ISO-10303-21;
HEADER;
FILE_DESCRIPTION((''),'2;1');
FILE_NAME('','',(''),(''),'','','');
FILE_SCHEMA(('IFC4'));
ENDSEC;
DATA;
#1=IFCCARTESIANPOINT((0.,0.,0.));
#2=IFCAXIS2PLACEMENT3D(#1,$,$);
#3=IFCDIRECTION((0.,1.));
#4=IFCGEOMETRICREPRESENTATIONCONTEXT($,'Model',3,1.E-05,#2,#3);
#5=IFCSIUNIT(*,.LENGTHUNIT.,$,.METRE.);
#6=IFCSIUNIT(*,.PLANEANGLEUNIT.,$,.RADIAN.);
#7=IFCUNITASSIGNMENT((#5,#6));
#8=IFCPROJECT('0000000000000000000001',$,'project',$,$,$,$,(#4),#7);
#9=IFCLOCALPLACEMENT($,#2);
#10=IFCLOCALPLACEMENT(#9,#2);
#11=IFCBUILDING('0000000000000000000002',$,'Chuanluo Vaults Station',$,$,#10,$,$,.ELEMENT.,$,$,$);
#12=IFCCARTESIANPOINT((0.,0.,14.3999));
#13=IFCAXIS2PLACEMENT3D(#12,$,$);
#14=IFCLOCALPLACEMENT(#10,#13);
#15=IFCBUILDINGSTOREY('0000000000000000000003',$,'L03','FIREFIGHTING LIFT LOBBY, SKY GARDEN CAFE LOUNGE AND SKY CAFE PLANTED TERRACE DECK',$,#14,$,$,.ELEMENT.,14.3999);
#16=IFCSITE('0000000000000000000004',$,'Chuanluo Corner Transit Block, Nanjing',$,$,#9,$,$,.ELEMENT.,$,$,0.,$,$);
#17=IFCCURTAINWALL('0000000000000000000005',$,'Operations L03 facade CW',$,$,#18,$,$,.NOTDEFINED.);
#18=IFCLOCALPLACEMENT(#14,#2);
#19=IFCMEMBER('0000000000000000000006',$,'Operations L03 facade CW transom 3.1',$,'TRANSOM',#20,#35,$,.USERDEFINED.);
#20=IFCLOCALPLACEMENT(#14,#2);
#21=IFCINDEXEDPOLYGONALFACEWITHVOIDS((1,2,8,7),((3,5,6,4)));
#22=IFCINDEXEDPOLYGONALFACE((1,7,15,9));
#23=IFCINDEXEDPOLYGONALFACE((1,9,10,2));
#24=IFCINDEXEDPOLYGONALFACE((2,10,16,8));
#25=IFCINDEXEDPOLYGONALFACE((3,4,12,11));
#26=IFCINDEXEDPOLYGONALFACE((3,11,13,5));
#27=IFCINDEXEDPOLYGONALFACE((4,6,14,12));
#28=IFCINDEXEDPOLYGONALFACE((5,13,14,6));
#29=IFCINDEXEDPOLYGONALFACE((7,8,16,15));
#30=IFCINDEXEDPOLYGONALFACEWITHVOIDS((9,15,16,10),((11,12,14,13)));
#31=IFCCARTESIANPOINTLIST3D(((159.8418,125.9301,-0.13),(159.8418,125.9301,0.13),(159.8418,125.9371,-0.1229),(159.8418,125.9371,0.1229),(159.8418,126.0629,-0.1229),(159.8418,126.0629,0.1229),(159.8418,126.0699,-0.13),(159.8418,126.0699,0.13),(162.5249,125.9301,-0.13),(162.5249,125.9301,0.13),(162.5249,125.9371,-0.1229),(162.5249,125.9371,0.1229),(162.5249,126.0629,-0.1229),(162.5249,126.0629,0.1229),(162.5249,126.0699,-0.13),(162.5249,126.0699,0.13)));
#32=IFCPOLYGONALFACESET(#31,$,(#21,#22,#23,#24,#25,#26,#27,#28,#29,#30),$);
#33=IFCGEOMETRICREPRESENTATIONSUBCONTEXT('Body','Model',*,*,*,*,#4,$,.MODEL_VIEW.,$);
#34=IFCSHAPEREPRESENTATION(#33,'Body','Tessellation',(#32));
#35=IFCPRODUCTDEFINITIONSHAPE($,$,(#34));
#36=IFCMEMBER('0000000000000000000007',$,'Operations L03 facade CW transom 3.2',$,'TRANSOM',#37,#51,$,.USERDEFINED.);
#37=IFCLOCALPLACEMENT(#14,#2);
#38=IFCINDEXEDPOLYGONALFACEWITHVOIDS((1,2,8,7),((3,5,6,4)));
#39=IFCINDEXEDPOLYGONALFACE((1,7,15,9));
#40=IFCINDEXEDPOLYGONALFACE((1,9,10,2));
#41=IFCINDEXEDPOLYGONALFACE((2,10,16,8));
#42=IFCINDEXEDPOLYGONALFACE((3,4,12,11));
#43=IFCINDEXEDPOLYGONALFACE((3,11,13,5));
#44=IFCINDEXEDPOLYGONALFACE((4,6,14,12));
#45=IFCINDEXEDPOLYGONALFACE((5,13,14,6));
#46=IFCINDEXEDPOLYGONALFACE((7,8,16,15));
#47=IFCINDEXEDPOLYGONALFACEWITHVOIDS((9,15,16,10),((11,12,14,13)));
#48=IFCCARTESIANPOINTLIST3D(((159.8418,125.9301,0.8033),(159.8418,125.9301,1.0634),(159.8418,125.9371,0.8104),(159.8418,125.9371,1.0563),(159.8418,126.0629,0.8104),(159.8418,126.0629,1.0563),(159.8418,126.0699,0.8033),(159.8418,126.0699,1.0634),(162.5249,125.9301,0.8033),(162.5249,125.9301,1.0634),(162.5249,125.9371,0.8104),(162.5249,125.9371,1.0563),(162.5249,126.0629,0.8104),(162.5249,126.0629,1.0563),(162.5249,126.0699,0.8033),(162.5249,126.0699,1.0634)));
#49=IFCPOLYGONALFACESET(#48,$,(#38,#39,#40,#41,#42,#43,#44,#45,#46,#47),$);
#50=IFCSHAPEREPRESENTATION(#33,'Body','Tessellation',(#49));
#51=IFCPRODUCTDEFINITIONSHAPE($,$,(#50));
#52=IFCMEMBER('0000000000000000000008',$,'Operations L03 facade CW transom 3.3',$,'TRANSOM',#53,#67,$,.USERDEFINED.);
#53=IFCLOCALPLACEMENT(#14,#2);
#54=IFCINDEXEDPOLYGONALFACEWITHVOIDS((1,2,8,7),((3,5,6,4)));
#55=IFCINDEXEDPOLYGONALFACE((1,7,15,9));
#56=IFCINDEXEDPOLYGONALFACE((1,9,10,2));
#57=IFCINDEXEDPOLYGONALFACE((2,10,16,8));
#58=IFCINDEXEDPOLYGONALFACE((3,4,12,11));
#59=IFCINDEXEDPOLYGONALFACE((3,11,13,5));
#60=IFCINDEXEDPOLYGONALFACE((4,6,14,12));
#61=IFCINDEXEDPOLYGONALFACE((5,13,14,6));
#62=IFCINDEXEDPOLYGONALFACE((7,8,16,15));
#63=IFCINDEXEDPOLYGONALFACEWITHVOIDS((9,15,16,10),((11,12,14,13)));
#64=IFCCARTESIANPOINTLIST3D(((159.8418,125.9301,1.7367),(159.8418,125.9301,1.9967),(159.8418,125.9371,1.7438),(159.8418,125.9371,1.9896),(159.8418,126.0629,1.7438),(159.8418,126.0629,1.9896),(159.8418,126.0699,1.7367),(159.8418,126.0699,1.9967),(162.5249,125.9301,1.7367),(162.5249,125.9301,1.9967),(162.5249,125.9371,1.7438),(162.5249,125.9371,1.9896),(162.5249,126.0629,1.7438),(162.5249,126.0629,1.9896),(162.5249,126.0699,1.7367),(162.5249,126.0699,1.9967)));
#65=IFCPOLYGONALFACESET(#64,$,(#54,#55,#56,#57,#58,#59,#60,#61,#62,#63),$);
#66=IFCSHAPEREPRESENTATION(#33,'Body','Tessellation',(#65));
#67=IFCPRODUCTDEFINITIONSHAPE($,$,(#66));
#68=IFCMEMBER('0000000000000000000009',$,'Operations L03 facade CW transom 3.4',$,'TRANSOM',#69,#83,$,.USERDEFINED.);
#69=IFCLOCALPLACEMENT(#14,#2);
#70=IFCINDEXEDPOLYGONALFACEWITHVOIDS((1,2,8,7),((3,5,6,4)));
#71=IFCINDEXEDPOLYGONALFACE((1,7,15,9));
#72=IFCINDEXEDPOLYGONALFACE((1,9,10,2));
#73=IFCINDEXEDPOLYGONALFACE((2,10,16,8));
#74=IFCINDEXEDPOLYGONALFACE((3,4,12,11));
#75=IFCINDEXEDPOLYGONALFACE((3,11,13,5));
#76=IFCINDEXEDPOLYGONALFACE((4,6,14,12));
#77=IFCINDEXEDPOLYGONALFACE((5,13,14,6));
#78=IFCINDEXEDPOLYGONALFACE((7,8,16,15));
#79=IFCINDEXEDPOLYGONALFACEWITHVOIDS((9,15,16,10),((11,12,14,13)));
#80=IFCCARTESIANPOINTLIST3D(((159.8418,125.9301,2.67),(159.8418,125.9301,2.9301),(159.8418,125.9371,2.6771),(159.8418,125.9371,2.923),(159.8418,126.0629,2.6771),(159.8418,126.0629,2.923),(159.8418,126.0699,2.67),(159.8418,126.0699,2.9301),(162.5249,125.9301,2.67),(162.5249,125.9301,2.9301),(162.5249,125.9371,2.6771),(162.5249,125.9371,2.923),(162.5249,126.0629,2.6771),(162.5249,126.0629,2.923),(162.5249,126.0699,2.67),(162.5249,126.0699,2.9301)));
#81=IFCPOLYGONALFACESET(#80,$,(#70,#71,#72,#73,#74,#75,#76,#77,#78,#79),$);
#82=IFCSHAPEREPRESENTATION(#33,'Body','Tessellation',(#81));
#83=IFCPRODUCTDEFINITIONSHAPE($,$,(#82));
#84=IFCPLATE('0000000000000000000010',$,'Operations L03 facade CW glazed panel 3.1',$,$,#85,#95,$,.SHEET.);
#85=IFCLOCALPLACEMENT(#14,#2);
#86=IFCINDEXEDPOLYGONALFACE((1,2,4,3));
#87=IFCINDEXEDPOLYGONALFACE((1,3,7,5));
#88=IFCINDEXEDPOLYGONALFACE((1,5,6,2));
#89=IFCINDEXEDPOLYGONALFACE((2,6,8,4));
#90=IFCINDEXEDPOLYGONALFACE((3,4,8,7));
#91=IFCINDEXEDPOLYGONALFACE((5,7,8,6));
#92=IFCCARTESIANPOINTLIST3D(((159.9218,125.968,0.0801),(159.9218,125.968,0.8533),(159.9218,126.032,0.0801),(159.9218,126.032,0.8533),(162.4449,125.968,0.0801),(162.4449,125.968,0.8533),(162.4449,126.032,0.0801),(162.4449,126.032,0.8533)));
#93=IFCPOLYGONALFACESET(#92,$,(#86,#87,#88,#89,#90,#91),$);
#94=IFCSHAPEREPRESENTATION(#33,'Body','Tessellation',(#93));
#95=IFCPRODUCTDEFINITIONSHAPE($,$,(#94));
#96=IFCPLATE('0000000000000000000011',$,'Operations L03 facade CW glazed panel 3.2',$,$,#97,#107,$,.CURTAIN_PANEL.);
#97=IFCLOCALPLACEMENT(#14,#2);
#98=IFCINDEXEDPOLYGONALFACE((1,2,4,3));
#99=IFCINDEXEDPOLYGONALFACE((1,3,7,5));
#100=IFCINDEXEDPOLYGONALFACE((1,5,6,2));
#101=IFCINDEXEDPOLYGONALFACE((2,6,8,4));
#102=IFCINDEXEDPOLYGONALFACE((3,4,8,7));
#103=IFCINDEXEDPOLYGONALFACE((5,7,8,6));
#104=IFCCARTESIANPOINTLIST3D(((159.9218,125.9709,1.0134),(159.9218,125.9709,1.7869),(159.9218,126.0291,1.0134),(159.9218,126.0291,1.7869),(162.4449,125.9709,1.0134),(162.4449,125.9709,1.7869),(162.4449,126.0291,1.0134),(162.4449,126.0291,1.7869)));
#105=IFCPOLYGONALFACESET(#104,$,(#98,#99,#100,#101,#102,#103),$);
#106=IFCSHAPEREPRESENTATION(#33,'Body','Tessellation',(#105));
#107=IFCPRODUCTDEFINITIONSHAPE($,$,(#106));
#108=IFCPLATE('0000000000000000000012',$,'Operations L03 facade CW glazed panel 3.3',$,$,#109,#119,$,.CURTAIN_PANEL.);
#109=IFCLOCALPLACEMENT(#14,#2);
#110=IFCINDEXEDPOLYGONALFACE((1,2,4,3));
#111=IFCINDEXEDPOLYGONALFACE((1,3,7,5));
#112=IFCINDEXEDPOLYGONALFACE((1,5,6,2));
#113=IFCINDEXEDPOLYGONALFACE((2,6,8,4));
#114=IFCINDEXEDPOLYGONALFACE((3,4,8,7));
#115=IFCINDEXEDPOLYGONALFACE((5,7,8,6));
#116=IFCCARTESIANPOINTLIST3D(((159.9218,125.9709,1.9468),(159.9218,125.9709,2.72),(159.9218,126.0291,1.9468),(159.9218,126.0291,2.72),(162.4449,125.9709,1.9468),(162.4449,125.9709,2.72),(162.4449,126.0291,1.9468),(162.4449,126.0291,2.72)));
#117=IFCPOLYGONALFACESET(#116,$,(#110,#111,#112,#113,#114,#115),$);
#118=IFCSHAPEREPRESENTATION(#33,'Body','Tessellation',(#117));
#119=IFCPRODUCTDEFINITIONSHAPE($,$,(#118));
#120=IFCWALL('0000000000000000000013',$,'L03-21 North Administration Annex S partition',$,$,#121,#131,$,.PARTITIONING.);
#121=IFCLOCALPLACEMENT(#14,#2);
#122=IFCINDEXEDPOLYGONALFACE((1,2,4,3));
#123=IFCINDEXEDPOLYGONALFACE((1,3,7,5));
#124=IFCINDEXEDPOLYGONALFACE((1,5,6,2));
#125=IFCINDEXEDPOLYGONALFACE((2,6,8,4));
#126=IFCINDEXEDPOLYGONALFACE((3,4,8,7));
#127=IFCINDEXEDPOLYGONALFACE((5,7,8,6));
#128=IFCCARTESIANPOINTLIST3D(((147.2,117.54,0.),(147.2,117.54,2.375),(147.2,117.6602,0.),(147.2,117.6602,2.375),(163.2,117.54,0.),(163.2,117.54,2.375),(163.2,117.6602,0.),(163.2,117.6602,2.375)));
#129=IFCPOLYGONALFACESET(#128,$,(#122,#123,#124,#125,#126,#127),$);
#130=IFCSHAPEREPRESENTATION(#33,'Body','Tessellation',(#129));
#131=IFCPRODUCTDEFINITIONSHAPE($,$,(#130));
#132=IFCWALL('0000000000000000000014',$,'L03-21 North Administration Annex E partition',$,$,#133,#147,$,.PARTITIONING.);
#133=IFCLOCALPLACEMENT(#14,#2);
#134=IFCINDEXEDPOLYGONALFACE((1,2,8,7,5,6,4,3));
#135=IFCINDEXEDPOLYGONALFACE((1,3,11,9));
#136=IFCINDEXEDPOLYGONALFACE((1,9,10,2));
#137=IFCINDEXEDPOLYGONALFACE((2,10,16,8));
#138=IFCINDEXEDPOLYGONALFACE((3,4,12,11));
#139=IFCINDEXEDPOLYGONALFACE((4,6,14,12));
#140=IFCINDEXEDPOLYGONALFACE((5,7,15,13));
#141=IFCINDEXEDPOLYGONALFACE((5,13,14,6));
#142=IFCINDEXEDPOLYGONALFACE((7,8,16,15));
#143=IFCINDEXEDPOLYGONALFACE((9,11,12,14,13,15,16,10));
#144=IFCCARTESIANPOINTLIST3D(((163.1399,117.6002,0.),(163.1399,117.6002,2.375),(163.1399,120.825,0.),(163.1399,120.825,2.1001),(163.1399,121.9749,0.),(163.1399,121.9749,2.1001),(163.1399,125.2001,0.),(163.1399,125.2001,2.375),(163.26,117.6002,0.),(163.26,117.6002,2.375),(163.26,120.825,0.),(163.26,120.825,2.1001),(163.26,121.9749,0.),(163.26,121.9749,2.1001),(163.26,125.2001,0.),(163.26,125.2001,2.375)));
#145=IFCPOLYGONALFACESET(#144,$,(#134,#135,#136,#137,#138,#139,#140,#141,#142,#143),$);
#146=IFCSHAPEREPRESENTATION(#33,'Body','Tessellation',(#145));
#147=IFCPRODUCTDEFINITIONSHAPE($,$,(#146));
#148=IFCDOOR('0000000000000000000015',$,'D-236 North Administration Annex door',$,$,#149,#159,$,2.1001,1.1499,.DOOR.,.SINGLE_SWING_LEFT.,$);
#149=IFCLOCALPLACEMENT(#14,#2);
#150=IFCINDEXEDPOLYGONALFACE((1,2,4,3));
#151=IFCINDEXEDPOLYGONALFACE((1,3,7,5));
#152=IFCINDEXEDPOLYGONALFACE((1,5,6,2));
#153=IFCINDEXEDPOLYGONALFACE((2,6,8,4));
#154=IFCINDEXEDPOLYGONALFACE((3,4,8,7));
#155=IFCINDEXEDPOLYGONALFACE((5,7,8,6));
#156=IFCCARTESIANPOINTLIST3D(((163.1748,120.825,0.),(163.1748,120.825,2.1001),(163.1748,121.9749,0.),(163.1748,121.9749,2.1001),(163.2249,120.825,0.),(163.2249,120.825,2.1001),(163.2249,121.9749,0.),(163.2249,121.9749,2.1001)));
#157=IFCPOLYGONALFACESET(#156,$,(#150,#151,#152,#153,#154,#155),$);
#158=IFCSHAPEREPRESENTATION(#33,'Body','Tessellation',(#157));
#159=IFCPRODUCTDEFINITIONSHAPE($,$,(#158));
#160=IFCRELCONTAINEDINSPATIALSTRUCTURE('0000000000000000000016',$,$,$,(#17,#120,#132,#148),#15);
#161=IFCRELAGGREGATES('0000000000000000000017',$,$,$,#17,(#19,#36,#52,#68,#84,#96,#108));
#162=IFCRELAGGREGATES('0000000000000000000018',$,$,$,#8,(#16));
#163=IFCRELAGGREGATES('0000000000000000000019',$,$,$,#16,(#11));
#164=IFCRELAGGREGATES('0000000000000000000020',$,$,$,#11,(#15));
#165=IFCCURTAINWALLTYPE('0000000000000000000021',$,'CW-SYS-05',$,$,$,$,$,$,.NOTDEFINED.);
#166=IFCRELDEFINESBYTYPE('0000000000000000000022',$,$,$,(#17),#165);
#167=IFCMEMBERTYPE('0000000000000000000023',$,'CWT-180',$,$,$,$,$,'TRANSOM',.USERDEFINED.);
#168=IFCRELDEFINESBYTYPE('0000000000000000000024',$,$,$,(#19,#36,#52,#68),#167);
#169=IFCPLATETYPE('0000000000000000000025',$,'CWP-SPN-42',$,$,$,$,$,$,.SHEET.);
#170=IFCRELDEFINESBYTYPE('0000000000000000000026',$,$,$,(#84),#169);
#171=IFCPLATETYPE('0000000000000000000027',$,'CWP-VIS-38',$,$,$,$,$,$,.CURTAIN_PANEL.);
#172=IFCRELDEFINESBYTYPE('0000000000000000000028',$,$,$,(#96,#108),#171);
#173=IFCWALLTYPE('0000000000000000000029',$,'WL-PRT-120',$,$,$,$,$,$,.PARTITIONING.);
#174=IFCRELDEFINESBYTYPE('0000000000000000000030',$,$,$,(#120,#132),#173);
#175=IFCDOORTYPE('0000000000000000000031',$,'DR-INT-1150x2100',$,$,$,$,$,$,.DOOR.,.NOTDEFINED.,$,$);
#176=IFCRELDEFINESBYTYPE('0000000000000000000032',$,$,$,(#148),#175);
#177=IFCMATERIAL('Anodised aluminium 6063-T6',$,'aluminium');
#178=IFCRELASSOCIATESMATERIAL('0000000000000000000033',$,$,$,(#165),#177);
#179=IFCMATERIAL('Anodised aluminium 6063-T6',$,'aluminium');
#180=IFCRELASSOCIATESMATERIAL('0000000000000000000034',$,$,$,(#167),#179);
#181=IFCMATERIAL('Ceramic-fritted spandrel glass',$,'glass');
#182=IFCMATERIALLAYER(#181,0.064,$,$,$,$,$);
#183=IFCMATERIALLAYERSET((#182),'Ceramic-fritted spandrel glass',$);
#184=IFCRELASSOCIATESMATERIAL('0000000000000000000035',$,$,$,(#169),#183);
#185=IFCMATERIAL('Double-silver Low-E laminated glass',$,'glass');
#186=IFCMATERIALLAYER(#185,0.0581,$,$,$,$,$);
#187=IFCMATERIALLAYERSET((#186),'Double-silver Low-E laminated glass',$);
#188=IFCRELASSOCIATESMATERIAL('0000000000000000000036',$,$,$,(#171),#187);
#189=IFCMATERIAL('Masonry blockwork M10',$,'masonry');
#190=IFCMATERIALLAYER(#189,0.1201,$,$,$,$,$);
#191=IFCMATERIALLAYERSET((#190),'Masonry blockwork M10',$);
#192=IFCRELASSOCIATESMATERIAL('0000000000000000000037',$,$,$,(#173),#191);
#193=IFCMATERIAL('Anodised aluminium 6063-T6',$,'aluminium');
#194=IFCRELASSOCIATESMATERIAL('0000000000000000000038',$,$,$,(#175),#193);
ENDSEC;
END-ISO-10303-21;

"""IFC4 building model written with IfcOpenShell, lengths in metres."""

from ifc_helpers import new_model, si_unit, direction, frame, frame_2d, origin, origin_2d, place, context, subcontext, project, spatial, rectangle, hollow_rectangle, extrude, material, layer, layer_set, material_profile, profile_set, type_object, element, fill, aggregate, save


model = new_model("IFC4")

# Units and contexts
model_context = context("Model", 3, precision=1e-05, world=origin(), true_north=direction((0.0, 1.0)))
body_context = subcontext(model_context, "Body", "Model", "MODEL_VIEW")
ifc_project = project(units=[si_unit("LENGTHUNIT", "METRE"), si_unit("PLANEANGLEUNIT", "RADIAN")], contexts=[model_context])

# Site, building, storey
site_placement = place(None, origin())
site = spatial("IfcSite", under=ifc_project, at=site_placement, Name="Chuanluo Corner Transit Block, Nanjing", CompositionType="ELEMENT", RefElevation=0.0)
building_placement = place(site_placement, origin())
building = spatial("IfcBuilding", under=site, at=building_placement, Name="Chuanluo Vaults Station", CompositionType="ELEMENT")
storey_placement = place(building_placement, frame((0.0, 0.0, 14.3999)))
storey = spatial("IfcBuildingStorey", under=building, at=storey_placement, Name="L03", Description="FIREFIGHTING LIFT LOBBY, SKY GARDEN CAFE LOUNGE AND SKY CAFE PLANTED TERRACE DECK", CompositionType="ELEMENT", Elevation=14.3999)

# Curtain wall
ifc_material_1 = material(Name="Anodised aluminium 6063-T6", Category="aluminium")
curtain_wall_type_1 = type_object("IfcCurtainWallType", Name="CW-SYS-05", PredefinedType="NOTDEFINED", material=ifc_material_1)
curtain_wall_1_placement = place(storey_placement, origin())
curtain_wall_1 = element("IfcCurtainWall", 1, at=curtain_wall_1_placement, inside=storey, type_object=curtain_wall_type_1, Name="Operations L03 facade CW", PredefinedType="NOTDEFINED")

# Members
ifc_material_2 = material(Name="Anodised aluminium 6063-T6", Category="aluminium")
ifc_material_profile_1 = material_profile(ifc_material_2, hollow_rectangle(XDim=0.1399, YDim=0.26, WallThickness=0.0071, at=origin_2d()))
ifc_profile_set_1 = profile_set([ifc_material_profile_1], Name="Anodised aluminium 6063-T6")
member_type_1 = type_object("IfcMemberType", Name="CWT-180", ElementType="TRANSOM", PredefinedType="USERDEFINED", material=ifc_profile_set_1)
member_1_placement = place(storey_placement, frame((159.8418, 126.0, 0.0), z_axis=(1.0, 0.0, 0.0), x_axis=(0.0, 1.0, 0.0)))
member_1 = element("IfcMember", 2, at=member_1_placement, type_object=member_type_1, Name="Operations L03 facade CW transom 3.1", ObjectType="TRANSOM", PredefinedType="USERDEFINED", context=body_context, shape_type="SweptSolid", body=[
    extrude(hollow_rectangle(XDim=0.1399, YDim=0.26, WallThickness=0.0071, at=origin_2d()), origin(), (0.0, 0.0, 1.0), 2.6831),
])
member_2_placement = place(storey_placement, frame((159.8418, 126.0, 0.9333), z_axis=(1.0, 0.0, 0.0), x_axis=(0.0, 1.0, 0.0)))
member_2 = element("IfcMember", 3, at=member_2_placement, type_object=member_type_1, Name="Operations L03 facade CW transom 3.2", ObjectType="TRANSOM", PredefinedType="USERDEFINED", context=body_context, shape_type="SweptSolid", body=[
    extrude(hollow_rectangle(XDim=0.1399, YDim=0.26, WallThickness=0.0071, at=origin_2d()), origin(), (0.0, 0.0, 1.0), 2.6831),
])
member_3_placement = place(storey_placement, frame((159.8418, 126.0, 1.8667), z_axis=(1.0, 0.0, 0.0), x_axis=(0.0, 1.0, 0.0)))
member_3 = element("IfcMember", 4, at=member_3_placement, type_object=member_type_1, Name="Operations L03 facade CW transom 3.3", ObjectType="TRANSOM", PredefinedType="USERDEFINED", context=body_context, shape_type="SweptSolid", body=[
    extrude(hollow_rectangle(XDim=0.1399, YDim=0.26, WallThickness=0.0071, at=origin_2d()), origin(), (0.0, 0.0, 1.0), 2.6831),
])
member_4_placement = place(storey_placement, frame((159.8418, 126.0, 2.8), z_axis=(1.0, 0.0, 0.0), x_axis=(0.0, 1.0, 0.0)))
member_4 = element("IfcMember", 5, at=member_4_placement, type_object=member_type_1, Name="Operations L03 facade CW transom 3.4", ObjectType="TRANSOM", PredefinedType="USERDEFINED", context=body_context, shape_type="SweptSolid", body=[
    extrude(hollow_rectangle(XDim=0.1399, YDim=0.26, WallThickness=0.0071, at=origin_2d()), origin(), (0.0, 0.0, 1.0), 2.6831),
])

# Plates
ifc_material_3 = material(Name="Ceramic-fritted spandrel glass", Category="glass")
ifc_layer_1 = layer(ifc_material_3, 0.064)
ifc_layer_set_1 = layer_set([ifc_layer_1], Name="Ceramic-fritted spandrel glass")
plate_type_1 = type_object("IfcPlateType", Name="CWP-SPN-42", PredefinedType="SHEET", material=ifc_layer_set_1)
plate_1_placement = place(storey_placement, frame((161.1833, 126.0, 0.0801), z_axis=(0.0, 0.0, 1.0), x_axis=(1.0, 0.0, 0.0)))
plate_1 = element("IfcPlate", 6, at=plate_1_placement, type_object=plate_type_1, Name="Operations L03 facade CW glazed panel 3.1", PredefinedType="SHEET", context=body_context, shape_type="SweptSolid", body=[
    extrude(rectangle(XDim=2.5232, YDim=0.064, at=origin_2d()), origin(), (0.0, 0.0, 1.0), 0.7732),
])
ifc_material_4 = material(Name="Double-silver Low-E laminated glass", Category="glass")
ifc_layer_2 = layer(ifc_material_4, 0.0581)
ifc_layer_set_2 = layer_set([ifc_layer_2], Name="Double-silver Low-E laminated glass")
plate_type_2 = type_object("IfcPlateType", Name="CWP-VIS-38", PredefinedType="CURTAIN_PANEL", material=ifc_layer_set_2)
plate_2_placement = place(storey_placement, frame((161.1833, 126.0, 1.0134), z_axis=(0.0, 0.0, 1.0), x_axis=(1.0, 0.0, 0.0)))
plate_2 = element("IfcPlate", 7, at=plate_2_placement, type_object=plate_type_2, Name="Operations L03 facade CW glazed panel 3.2", PredefinedType="CURTAIN_PANEL", context=body_context, shape_type="SweptSolid", body=[
    extrude(rectangle(XDim=2.5232, YDim=0.0581, at=origin_2d()), origin(), (0.0, 0.0, 1.0), 0.7734),
])
plate_3_placement = place(storey_placement, frame((161.1833, 126.0, 1.9468), z_axis=(0.0, 0.0, 1.0), x_axis=(1.0, 0.0, 0.0)))
plate_3 = element("IfcPlate", 8, at=plate_3_placement, type_object=plate_type_2, Name="Operations L03 facade CW glazed panel 3.3", PredefinedType="CURTAIN_PANEL", context=body_context, shape_type="SweptSolid", body=[
    extrude(rectangle(XDim=2.5232, YDim=0.0581, at=origin_2d()), origin(), (0.0, 0.0, 1.0), 0.7732),
])
aggregate(curtain_wall_1, [member_1, member_2, member_3, member_4, plate_1, plate_2, plate_3])

# Wall
ifc_material_5 = material(Name="Masonry blockwork M10", Category="masonry")
ifc_layer_3 = layer(ifc_material_5, 0.1201)
ifc_layer_set_3 = layer_set([ifc_layer_3], Name="Masonry blockwork M10")
wall_type_1 = type_object("IfcWallType", Name="WL-PRT-120", PredefinedType="PARTITIONING", material=ifc_layer_set_3)
wall_1_placement = place(storey_placement, frame((163.2, 117.6001, 0.0), z_axis=(0.0, 0.0, 1.0), x_axis=(-1.0, 0.0, 0.0)))
element("IfcWall", 9, at=wall_1_placement, inside=storey, type_object=wall_type_1, Name="L03-21 North Administration Annex S partition", PredefinedType="PARTITIONING", context=body_context, shape_type="SweptSolid", body=[
    extrude(rectangle(XDim=16.0, YDim=0.1201, at=frame_2d((8.0, 0.0))), origin(), (0.0, 0.0, 1.0), 2.375),
])

# Wall, opening, door
wall_2_placement = place(storey_placement, frame((163.2, 125.2, 0.0), z_axis=(0.0, 0.0, 1.0), x_axis=(0.0, -1.0, 0.0)))
wall_2 = element("IfcWall", 10, at=wall_2_placement, inside=storey, type_object=wall_type_1, Name="L03-21 North Administration Annex E partition", PredefinedType="PARTITIONING", context=body_context, shape_type="SweptSolid", body=[
    extrude(rectangle(XDim=7.5999, YDim=0.1201, at=frame_2d((3.7998, 0.0))), origin(), (0.0, 0.0, 1.0), 2.375),
])
opening_1_placement = place(wall_2_placement, frame((3.2251, 0.0, 0.0)))
opening_1 = element("IfcOpeningElement", 11, at=opening_1_placement, cuts=wall_2, PredefinedType="OPENING", context=body_context, shape_type="SweptSolid", body=[
    extrude(rectangle(XDim=1.1499, YDim=2.1001, at=frame_2d((0.575, 1.05))), frame((0.0, 0.0701, 0.0), z_axis=(0.0, -1.0, 0.0), x_axis=(1.0, 0.0, 0.0)), (0.0, 0.0, 1.0), 0.1401),
])
ifc_material_6 = material(Name="Anodised aluminium 6063-T6", Category="aluminium")
door_type_1 = type_object("IfcDoorType", Name="DR-INT-1150x2100", OperationType="NOTDEFINED", PredefinedType="DOOR", material=ifc_material_6)
door_1_placement = place(opening_1_placement, origin())
door_1 = element("IfcDoor", 12, at=door_1_placement, inside=storey, type_object=door_type_1, Name="D-236 North Administration Annex door", OperationType="SINGLE_SWING_LEFT", OverallHeight=2.1001, OverallWidth=1.1499, PredefinedType="DOOR", context=body_context, shape_type="SweptSolid", body=[
    extrude(rectangle(XDim=1.1499, YDim=2.1001, at=frame_2d((0.575, 1.05))), frame((0.0, 0.0249, 0.0), z_axis=(0.0, -1.0, 0.0), x_axis=(1.0, 0.0, 0.0)), (0.0, 0.0, 1.0), 0.05),
])
fill(opening_1, door_1)

save(model, "model.ifc")
